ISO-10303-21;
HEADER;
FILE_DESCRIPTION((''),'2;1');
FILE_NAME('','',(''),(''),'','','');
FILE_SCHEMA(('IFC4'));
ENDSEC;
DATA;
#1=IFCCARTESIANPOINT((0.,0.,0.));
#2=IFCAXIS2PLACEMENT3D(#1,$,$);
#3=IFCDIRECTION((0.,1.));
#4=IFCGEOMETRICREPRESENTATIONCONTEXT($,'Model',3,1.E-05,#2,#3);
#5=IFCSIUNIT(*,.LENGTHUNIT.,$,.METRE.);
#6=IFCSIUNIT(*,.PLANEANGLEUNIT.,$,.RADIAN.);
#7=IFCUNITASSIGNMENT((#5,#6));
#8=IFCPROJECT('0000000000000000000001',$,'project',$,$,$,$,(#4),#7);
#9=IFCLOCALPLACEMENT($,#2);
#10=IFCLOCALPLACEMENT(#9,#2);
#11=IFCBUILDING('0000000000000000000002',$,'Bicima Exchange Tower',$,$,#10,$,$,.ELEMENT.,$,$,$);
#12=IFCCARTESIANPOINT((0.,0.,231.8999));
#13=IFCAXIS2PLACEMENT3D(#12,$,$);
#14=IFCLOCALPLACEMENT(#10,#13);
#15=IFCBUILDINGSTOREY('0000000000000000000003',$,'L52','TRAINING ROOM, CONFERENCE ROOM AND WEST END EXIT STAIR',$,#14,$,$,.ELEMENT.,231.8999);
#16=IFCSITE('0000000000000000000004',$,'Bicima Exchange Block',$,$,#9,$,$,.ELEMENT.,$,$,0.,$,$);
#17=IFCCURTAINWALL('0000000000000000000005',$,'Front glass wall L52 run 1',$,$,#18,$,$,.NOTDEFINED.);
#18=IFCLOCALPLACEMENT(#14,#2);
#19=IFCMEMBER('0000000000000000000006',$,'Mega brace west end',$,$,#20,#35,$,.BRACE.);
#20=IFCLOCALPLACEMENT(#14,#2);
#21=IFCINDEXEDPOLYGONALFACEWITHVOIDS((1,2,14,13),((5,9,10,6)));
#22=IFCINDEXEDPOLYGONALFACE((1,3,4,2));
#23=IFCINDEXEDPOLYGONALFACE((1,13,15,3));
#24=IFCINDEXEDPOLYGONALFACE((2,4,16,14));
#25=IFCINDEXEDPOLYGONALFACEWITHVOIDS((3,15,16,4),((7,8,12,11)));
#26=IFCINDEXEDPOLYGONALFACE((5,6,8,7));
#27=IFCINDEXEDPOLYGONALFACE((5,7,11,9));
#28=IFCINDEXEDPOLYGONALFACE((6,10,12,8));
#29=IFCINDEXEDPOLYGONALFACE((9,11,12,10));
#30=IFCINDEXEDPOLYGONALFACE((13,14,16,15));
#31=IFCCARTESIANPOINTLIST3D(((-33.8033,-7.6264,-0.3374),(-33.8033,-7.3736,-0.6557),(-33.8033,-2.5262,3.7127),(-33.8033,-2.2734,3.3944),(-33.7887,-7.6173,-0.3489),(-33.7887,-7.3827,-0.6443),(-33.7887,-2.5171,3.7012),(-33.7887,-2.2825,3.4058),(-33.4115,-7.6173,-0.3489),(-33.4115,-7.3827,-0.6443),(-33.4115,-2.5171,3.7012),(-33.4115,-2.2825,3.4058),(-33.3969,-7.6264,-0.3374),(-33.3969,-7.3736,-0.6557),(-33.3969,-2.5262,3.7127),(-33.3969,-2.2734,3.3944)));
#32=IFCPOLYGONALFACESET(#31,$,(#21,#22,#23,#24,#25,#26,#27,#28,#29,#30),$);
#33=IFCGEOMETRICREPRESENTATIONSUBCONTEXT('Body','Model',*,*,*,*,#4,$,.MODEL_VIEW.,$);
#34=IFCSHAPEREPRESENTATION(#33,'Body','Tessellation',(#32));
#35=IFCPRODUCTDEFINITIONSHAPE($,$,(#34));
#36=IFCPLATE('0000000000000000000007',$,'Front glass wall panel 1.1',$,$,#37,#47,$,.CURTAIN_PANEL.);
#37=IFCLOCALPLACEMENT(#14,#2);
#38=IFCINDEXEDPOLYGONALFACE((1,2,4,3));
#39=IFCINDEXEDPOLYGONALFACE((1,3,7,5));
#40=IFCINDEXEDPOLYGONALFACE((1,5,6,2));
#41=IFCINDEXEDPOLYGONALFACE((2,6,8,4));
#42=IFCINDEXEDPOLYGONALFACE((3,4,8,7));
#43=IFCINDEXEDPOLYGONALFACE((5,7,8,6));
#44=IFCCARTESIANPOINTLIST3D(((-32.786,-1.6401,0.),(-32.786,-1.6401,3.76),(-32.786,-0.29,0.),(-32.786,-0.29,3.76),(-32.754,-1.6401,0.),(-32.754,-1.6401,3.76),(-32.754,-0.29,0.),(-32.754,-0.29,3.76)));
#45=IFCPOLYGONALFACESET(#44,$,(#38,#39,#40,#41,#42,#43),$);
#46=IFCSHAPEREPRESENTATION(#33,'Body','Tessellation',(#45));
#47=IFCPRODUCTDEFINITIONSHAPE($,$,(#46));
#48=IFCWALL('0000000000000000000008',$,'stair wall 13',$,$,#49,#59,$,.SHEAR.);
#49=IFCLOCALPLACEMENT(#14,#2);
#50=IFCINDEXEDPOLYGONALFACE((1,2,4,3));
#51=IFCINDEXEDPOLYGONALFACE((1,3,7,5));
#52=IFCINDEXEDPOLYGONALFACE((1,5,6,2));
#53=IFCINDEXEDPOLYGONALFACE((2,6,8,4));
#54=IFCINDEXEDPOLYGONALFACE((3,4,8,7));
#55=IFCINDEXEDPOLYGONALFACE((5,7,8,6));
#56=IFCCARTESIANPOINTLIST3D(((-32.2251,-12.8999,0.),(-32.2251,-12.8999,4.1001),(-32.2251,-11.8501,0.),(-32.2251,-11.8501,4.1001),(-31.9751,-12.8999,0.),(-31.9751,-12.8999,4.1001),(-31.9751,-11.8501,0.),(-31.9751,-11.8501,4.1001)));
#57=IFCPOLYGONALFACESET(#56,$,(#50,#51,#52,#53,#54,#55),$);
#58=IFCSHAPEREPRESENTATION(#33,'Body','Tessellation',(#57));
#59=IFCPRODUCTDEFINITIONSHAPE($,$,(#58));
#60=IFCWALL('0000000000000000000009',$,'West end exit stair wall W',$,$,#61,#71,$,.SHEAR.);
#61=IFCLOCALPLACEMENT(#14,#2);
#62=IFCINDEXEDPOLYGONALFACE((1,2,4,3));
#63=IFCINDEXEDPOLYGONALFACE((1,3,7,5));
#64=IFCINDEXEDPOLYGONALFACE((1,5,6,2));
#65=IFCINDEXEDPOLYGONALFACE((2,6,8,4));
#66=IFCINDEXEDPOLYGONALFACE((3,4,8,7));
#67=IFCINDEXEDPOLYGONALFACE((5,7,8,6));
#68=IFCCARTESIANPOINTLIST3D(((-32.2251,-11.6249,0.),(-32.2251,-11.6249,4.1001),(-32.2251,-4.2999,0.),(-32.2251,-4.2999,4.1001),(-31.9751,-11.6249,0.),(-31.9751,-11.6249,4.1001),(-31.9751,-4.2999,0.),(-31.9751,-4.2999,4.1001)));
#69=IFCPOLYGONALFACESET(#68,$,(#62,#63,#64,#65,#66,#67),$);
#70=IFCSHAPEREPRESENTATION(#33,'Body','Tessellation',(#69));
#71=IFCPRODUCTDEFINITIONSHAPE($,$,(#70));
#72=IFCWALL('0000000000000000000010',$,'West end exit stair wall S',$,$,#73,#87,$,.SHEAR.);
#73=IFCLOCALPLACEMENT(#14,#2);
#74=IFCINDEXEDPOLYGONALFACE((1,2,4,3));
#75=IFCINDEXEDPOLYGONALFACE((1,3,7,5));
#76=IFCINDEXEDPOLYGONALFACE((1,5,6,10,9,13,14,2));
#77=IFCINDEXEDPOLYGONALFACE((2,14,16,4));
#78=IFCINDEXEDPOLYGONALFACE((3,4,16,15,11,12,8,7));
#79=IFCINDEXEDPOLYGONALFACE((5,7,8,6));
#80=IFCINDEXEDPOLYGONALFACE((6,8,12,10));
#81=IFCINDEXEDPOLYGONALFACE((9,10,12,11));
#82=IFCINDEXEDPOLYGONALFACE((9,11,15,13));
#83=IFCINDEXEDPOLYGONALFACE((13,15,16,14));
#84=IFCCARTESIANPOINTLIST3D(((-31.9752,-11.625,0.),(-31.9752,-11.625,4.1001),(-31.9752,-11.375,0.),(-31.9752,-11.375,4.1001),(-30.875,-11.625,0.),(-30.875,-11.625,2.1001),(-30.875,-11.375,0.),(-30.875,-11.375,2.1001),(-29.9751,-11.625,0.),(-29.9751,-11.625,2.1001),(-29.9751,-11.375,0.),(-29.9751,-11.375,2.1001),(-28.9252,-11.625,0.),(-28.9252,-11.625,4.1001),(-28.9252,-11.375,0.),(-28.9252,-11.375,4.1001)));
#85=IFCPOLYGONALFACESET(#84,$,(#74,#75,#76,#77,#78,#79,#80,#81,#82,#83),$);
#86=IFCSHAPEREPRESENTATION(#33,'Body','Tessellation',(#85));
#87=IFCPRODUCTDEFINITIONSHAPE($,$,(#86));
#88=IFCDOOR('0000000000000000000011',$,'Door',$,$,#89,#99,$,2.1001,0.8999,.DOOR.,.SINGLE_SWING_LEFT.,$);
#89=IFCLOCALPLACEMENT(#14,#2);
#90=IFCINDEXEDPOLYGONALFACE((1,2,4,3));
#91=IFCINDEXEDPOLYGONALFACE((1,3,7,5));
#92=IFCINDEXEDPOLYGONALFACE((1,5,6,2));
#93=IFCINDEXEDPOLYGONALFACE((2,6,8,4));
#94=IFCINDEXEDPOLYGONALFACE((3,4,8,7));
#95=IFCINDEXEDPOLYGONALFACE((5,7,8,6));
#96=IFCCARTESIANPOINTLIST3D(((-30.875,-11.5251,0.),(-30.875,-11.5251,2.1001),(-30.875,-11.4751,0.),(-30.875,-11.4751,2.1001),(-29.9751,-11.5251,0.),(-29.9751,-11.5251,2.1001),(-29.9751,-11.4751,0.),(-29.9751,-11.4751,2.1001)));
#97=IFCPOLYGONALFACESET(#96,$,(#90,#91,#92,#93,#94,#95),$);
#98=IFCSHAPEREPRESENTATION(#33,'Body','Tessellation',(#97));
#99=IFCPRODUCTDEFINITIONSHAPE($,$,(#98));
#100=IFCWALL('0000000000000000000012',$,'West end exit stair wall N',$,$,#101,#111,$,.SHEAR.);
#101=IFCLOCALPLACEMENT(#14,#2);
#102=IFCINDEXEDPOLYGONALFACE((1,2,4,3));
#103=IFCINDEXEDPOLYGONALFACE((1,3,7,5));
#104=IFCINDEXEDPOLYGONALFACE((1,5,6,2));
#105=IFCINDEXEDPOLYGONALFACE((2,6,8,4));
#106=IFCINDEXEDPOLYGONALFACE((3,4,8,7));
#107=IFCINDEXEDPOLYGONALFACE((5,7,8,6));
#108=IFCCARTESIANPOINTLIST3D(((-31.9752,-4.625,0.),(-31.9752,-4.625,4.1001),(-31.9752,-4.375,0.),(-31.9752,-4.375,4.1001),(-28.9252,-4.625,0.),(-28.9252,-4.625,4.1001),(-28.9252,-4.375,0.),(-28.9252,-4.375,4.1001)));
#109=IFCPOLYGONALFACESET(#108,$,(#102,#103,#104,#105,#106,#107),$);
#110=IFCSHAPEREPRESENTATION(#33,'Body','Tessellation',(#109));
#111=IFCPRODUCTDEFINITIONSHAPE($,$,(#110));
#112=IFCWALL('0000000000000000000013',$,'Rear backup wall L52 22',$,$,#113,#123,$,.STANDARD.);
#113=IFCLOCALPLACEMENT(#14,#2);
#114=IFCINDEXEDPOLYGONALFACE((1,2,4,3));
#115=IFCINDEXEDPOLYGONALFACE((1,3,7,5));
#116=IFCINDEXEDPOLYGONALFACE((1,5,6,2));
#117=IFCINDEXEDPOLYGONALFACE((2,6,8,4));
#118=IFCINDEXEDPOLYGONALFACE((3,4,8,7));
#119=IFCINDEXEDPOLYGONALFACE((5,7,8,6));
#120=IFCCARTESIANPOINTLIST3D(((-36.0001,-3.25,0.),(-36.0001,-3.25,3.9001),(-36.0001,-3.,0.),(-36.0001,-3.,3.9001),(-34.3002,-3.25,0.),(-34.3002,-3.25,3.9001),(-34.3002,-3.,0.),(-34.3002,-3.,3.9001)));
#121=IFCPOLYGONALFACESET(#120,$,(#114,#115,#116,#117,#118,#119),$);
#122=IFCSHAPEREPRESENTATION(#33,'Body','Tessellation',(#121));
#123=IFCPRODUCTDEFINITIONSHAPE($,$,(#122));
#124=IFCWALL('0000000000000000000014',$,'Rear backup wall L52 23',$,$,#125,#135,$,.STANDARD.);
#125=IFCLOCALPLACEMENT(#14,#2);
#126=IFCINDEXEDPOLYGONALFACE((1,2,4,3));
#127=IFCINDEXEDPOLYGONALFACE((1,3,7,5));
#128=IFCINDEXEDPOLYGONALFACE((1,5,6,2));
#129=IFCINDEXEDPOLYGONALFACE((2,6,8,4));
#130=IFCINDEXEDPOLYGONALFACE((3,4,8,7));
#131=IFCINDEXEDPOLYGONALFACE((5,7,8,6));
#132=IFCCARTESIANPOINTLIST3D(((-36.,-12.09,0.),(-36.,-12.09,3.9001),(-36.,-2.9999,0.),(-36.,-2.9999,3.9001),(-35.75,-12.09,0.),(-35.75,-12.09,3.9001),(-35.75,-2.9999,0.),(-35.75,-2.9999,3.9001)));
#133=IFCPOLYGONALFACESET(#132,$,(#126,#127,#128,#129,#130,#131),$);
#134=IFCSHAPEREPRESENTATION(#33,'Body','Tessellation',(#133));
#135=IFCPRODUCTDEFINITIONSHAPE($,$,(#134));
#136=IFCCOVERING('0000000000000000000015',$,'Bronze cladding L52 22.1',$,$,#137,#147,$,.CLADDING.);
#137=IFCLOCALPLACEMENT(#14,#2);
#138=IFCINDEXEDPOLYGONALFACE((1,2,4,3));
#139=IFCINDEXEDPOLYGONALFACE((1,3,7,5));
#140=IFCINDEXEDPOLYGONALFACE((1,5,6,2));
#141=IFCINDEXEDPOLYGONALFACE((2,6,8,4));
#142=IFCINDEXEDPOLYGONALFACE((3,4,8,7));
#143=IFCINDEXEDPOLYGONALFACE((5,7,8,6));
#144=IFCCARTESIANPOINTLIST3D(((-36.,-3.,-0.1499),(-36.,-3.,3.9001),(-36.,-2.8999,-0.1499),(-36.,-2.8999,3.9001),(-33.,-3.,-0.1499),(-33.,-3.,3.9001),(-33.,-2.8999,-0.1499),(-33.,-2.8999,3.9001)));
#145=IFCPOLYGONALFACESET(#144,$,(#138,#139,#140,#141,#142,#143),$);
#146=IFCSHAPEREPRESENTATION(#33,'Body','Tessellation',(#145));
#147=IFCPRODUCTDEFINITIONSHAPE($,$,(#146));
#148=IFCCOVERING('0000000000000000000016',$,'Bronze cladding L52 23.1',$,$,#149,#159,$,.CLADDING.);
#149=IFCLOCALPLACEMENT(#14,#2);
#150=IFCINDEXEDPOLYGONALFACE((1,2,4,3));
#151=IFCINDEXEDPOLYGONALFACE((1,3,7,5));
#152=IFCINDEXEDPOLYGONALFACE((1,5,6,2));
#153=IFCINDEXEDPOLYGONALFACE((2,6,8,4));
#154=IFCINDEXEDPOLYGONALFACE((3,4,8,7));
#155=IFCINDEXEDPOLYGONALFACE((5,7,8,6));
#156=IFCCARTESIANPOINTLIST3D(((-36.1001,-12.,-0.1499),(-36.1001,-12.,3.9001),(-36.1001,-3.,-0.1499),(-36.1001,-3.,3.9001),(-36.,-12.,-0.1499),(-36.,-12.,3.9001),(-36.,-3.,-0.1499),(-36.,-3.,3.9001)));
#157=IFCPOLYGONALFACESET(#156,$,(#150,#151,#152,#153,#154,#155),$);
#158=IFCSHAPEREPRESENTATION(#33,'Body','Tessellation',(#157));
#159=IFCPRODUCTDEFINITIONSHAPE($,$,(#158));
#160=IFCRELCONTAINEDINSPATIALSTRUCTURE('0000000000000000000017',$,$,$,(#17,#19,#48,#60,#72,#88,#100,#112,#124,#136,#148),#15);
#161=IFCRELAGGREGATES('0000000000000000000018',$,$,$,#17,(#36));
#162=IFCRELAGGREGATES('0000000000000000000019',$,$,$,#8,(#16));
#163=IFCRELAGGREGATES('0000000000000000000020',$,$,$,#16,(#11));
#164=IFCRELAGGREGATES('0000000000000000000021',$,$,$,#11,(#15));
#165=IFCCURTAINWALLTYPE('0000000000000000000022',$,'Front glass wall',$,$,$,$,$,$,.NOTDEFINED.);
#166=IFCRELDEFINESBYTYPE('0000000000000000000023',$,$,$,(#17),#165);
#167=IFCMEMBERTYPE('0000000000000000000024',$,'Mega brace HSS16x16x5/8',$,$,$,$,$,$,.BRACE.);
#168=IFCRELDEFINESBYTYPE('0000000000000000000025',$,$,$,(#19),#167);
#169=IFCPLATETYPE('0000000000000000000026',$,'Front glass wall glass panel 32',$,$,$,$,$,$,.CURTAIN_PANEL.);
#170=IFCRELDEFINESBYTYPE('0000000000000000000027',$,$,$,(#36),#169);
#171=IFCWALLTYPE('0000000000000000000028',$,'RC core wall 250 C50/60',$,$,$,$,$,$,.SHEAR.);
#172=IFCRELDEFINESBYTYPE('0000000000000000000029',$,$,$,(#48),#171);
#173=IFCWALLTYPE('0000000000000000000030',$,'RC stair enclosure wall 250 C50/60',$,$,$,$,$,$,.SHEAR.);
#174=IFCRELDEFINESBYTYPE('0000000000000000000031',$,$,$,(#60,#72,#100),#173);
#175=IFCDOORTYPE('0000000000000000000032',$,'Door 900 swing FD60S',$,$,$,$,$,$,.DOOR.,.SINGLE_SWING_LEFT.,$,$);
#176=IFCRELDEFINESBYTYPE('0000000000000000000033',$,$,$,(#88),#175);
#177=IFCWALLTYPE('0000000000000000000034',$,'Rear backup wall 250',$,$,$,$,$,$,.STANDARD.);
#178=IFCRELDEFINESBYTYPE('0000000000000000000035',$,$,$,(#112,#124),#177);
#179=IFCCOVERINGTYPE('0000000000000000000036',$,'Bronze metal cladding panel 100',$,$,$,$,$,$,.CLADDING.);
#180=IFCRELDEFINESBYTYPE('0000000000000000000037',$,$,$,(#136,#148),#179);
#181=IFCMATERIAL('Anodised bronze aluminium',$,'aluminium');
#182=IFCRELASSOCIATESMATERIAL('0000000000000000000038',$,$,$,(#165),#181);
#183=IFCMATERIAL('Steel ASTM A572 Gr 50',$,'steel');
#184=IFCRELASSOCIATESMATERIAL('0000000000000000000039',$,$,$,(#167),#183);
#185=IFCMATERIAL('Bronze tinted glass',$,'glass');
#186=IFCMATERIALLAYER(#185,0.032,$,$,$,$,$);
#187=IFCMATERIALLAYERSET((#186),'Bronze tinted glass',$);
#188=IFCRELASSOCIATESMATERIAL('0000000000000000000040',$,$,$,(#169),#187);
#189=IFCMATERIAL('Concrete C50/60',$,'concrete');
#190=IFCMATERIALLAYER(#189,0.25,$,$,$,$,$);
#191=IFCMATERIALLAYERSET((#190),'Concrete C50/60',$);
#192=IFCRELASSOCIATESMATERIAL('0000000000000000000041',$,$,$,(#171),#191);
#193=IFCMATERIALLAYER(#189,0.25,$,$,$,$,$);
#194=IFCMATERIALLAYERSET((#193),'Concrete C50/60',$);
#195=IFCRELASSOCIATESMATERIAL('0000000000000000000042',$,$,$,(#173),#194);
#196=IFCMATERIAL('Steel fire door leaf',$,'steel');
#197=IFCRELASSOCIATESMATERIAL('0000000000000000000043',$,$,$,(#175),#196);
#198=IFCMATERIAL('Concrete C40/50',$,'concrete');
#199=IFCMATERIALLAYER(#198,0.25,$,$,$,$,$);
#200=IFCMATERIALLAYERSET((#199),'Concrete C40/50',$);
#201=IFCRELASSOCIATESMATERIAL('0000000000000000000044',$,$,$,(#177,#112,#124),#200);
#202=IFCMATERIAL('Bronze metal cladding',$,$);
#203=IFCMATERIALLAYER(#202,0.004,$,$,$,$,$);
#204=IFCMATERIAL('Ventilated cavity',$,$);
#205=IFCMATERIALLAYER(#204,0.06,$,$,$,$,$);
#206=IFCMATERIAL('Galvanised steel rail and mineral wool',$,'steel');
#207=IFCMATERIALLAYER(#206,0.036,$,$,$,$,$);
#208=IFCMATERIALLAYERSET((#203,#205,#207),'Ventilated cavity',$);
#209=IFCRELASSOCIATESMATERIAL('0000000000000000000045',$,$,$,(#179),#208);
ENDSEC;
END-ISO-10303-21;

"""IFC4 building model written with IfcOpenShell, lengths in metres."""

from ifc_helpers import new_model, si_unit, direction, frame, frame_2d, origin, origin_2d, place, context, subcontext, project, spatial, rectangle, hollow_rectangle, extrude, material, layer, layer_set, layer_usage, material_profile, profile_set, type_object, element, fill, aggregate, save


model = new_model("IFC4")

# Units and contexts
model_context = context("Model", 3, precision=1e-05, world=origin(), true_north=direction((0.0, 1.0)))
body_context = subcontext(model_context, "Body", "Model", "MODEL_VIEW")
ifc_project = project(units=[si_unit("LENGTHUNIT", "METRE"), si_unit("PLANEANGLEUNIT", "RADIAN")], contexts=[model_context])

# Site, building, storey
site_placement = place(None, origin())
site = spatial("IfcSite", under=ifc_project, at=site_placement, Name="Bicima Exchange Block", CompositionType="ELEMENT", RefElevation=0.0)
building_placement = place(site_placement, origin())
building = spatial("IfcBuilding", under=site, at=building_placement, Name="Bicima Exchange Tower", CompositionType="ELEMENT")
storey_placement = place(building_placement, frame((0.0, 0.0, 231.8999)))
storey = spatial("IfcBuildingStorey", under=building, at=storey_placement, Name="L52", Description="TRAINING ROOM, CONFERENCE ROOM AND WEST END EXIT STAIR", CompositionType="ELEMENT", Elevation=231.8999)

# Shared definitions
ifc_material_1 = material(Name="Steel ASTM A572 Gr 50", Category="steel")

# Shared definitions
ifc_material_2 = material(Name="Anodised bronze aluminium", Category="aluminium")

# Curtain wall
curtain_wall_type_1 = type_object("IfcCurtainWallType", Name="Front glass wall", PredefinedType="NOTDEFINED", material=ifc_material_2)
curtain_wall_1_placement = place(storey_placement, origin())
curtain_wall_1 = element("IfcCurtainWall", 1, at=curtain_wall_1_placement, inside=storey, type_object=curtain_wall_type_1, Name="Front glass wall L52 run 1", PredefinedType="NOTDEFINED")

# Member
ifc_material_profile_1 = material_profile(ifc_material_1, hollow_rectangle(XDim=0.4065, YDim=0.4065, WallThickness=0.0146, at=origin_2d()))
ifc_profile_set_1 = profile_set([ifc_material_profile_1], Name="Steel ASTM A572 Gr 50")
member_type_1 = type_object("IfcMemberType", Name="Mega brace HSS16x16x5/8", PredefinedType="BRACE", material=ifc_profile_set_1)
for number, where, z_axis, x_axis, name in (
    (2, (-33.6001, -7.5, -0.4966), (0.0, 0.783113, 0.621879), (-1.0, 0.0, 0.0), "Mega brace west end"),
):
    element("IfcMember", number, at=place(storey_placement, frame(where, z_axis=z_axis, x_axis=x_axis)), inside=storey, type_object=member_type_1, Name=name, PredefinedType="BRACE", context=body_context, shape_type="SweptSolid", body=[
        extrude(hollow_rectangle(XDim=0.4065, YDim=0.4065, WallThickness=0.0146, at=origin_2d()), origin(), (0.0, 0.0, 1.0), 6.5127),
    ])

# Plate
ifc_material_3 = material(Name="Bronze tinted glass", Category="glass")
ifc_layer_1 = layer(ifc_material_3, 0.032)
ifc_layer_set_1 = layer_set([ifc_layer_1], Name="Bronze tinted glass")
plate_type = type_object("IfcPlateType", Name="Front glass wall glass panel 32", PredefinedType="CURTAIN_PANEL", material=ifc_layer_set_1)
plate_placement = place(storey_placement, frame((-32.77, -0.9651, 0.0), z_axis=(0.0, 0.0, 1.0), x_axis=(0.0, -1.0, 0.0)))
plate = element("IfcPlate", 3, at=plate_placement, type_object=plate_type, Name="Front glass wall panel 1.1", PredefinedType="CURTAIN_PANEL", context=body_context, shape_type="SweptSolid", body=[
    extrude(rectangle(XDim=1.3501, YDim=0.032, at=origin_2d()), origin(), (0.0, 0.0, 1.0), 3.76),
])
aggregate(curtain_wall_1, [plate])

# Walls
ifc_material_4 = material(Name="Concrete C50/60", Category="concrete")
ifc_layer_2 = layer(ifc_material_4, 0.25)
ifc_layer_set_2 = layer_set([ifc_layer_2], Name="Concrete C50/60")
wall_type_1 = type_object("IfcWallType", Name="RC core wall 250 C50/60", PredefinedType="SHEAR", material=ifc_layer_set_2)
wall_1_placement = place(storey_placement, frame((-32.1001, -12.8999, 0.0), z_axis=(0.0, 0.0, 1.0), x_axis=(0.0, 1.0, 0.0)))
element("IfcWall", 4, at=wall_1_placement, inside=storey, type_object=wall_type_1, Name="stair wall 13", PredefinedType="SHEAR", context=body_context, shape_type="SweptSolid", body=[
    extrude(rectangle(XDim=1.0498, YDim=0.25, at=frame_2d((0.5249, 0.0))), origin(), (0.0, 0.0, 1.0), 4.1001),
])
ifc_layer_3 = layer(ifc_material_4, 0.25)
ifc_layer_set_3 = layer_set([ifc_layer_3], Name="Concrete C50/60")
wall_type_2 = type_object("IfcWallType", Name="RC stair enclosure wall 250 C50/60", PredefinedType="SHEAR", material=ifc_layer_set_3)
wall_2_placement = place(storey_placement, frame((-32.1001, -11.625, 0.0), z_axis=(0.0, 0.0, 1.0), x_axis=(0.0, 1.0, 0.0)))
element("IfcWall", 5, at=wall_2_placement, inside=storey, type_object=wall_type_2, Name="West end exit stair wall W", PredefinedType="SHEAR", context=body_context, shape_type="SweptSolid", body=[
    extrude(rectangle(XDim=7.325, YDim=0.25, at=frame_2d((3.6626, 0.0))), origin(), (0.0, 0.0, 1.0), 4.1001),
])

# Wall, opening, door
wall_3_placement = place(storey_placement, frame((-31.9751, -11.5, 0.0), z_axis=(0.0, 0.0, 1.0), x_axis=(1.0, 0.0, 0.0)))
wall_3 = element("IfcWall", 6, at=wall_3_placement, inside=storey, type_object=wall_type_2, Name="West end exit stair wall S", PredefinedType="SHEAR", context=body_context, shape_type="SweptSolid", body=[
    extrude(rectangle(XDim=3.05, YDim=0.25, at=frame_2d((1.5249, 0.0))), origin(), (0.0, 0.0, 1.0), 4.1001),
])
opening_placement = place(wall_3_placement, frame((1.1001, 0.0, 0.0)))
opening = element("IfcOpeningElement", 7, at=opening_placement, cuts=wall_3, PredefinedType="OPENING", context=body_context, shape_type="SweptSolid", body=[
    extrude(rectangle(XDim=0.8999, YDim=2.1001, at=frame_2d((0.45, 1.05))), frame((0.0, 0.137, 0.0), z_axis=(0.0, -1.0, 0.0), x_axis=(1.0, 0.0, 0.0)), (0.0, 0.0, 1.0), 0.2739),
])
ifc_material_5 = material(Name="Steel fire door leaf", Category="steel")
door_type = type_object("IfcDoorType", Name="Door 900 swing FD60S", OperationType="SINGLE_SWING_LEFT", PredefinedType="DOOR", material=ifc_material_5)
door_placement = place(opening_placement, origin())
door = element("IfcDoor", 8, at=door_placement, inside=storey, type_object=door_type, Name="Door", OperationType="SINGLE_SWING_LEFT", OverallHeight=2.1001, OverallWidth=0.8999, PredefinedType="DOOR", context=body_context, shape_type="SweptSolid", body=[
    extrude(rectangle(XDim=0.8999, YDim=2.1001, at=frame_2d((0.45, 1.05))), frame((0.0, 0.0249, 0.0), z_axis=(0.0, -1.0, 0.0), x_axis=(1.0, 0.0, 0.0)), (0.0, 0.0, 1.0), 0.05),
])
fill(opening, door)

# Walls
wall_4_placement = place(storey_placement, frame((-31.9751, -4.5, 0.0), z_axis=(0.0, 0.0, 1.0), x_axis=(1.0, 0.0, 0.0)))
element("IfcWall", 9, at=wall_4_placement, inside=storey, type_object=wall_type_2, Name="West end exit stair wall N", PredefinedType="SHEAR", context=body_context, shape_type="SweptSolid", body=[
    extrude(rectangle(XDim=3.05, YDim=0.25, at=frame_2d((1.5249, 0.0))), origin(), (0.0, 0.0, 1.0), 4.1001),
])
ifc_material_6 = material(Name="Concrete C40/50", Category="concrete")
ifc_layer_4 = layer(ifc_material_6, 0.25)
ifc_layer_set_4 = layer_set([ifc_layer_4], Name="Concrete C40/50")
ifc_layer_usage = layer_usage(ifc_layer_set_4, "AXIS2", "POSITIVE", -0.125)
wall_type_3 = type_object("IfcWallType", Name="Rear backup wall 250", PredefinedType="STANDARD", material=ifc_layer_set_4)
wall_5_placement = place(storey_placement, frame((-34.3, -3.125, 0.0), z_axis=(0.0, 0.0, 1.0), x_axis=(-1.0, 0.0, 0.0)))
element("IfcWall", 10, at=wall_5_placement, inside=storey, type_object=wall_type_3, material=ifc_layer_usage, Name="Rear backup wall L52 22", PredefinedType="STANDARD", context=body_context, shape_type="SweptSolid", body=[
    extrude(rectangle(XDim=1.7, YDim=0.25, at=frame_2d((0.8501, 0.0))), origin(), (0.0, 0.0, 1.0), 3.9001),
])
wall_6_placement = place(storey_placement, frame((-35.875, -3.0, 0.0), z_axis=(0.0, 0.0, 1.0), x_axis=(0.0, -1.0, 0.0)))
element("IfcWall", 11, at=wall_6_placement, inside=storey, type_object=wall_type_3, material=ifc_layer_usage, Name="Rear backup wall L52 23", PredefinedType="STANDARD", context=body_context, shape_type="SweptSolid", body=[
    extrude(rectangle(XDim=9.0901, YDim=0.25, at=frame_2d((4.5449, 0.0))), origin(), (0.0, 0.0, 1.0), 3.9001),
])

# Coverings
ifc_material_7 = material(Name="Bronze metal cladding")
ifc_layer_5 = layer(ifc_material_7, 0.004)
ifc_material_8 = material(Name="Ventilated cavity")
ifc_layer_6 = layer(ifc_material_8, 0.06)
ifc_material_9 = material(Name="Galvanised steel rail and mineral wool", Category="steel")
ifc_layer_7 = layer(ifc_material_9, 0.036)
ifc_layer_set_5 = layer_set([ifc_layer_5, ifc_layer_6, ifc_layer_7], Name="Ventilated cavity")
covering_type = type_object("IfcCoveringType", Name="Bronze metal cladding panel 100", PredefinedType="CLADDING", material=ifc_layer_set_5)
covering_1_placement = place(storey_placement, frame((-34.5, -2.95, -0.1499), z_axis=(0.0, 0.0, 1.0), x_axis=(-1.0, 0.0, 0.0)))
element("IfcCovering", 12, at=covering_1_placement, inside=storey, type_object=covering_type, Name="Bronze cladding L52 22.1", PredefinedType="CLADDING", context=body_context, shape_type="SweptSolid", body=[
    extrude(rectangle(XDim=3.0, YDim=0.1001, at=origin_2d()), origin(), (0.0, 0.0, 1.0), 4.05),
])
covering_2_placement = place(storey_placement, frame((-36.05, -7.5, -0.1499), z_axis=(0.0, 0.0, 1.0), x_axis=(0.0, -1.0, 0.0)))
element("IfcCovering", 13, at=covering_2_placement, inside=storey, type_object=covering_type, Name="Bronze cladding L52 23.1", PredefinedType="CLADDING", context=body_context, shape_type="SweptSolid", body=[
    extrude(rectangle(XDim=9.0, YDim=0.1001, at=origin_2d()), origin(), (0.0, 0.0, 1.0), 4.05),
])

save(model, "model.ifc")
